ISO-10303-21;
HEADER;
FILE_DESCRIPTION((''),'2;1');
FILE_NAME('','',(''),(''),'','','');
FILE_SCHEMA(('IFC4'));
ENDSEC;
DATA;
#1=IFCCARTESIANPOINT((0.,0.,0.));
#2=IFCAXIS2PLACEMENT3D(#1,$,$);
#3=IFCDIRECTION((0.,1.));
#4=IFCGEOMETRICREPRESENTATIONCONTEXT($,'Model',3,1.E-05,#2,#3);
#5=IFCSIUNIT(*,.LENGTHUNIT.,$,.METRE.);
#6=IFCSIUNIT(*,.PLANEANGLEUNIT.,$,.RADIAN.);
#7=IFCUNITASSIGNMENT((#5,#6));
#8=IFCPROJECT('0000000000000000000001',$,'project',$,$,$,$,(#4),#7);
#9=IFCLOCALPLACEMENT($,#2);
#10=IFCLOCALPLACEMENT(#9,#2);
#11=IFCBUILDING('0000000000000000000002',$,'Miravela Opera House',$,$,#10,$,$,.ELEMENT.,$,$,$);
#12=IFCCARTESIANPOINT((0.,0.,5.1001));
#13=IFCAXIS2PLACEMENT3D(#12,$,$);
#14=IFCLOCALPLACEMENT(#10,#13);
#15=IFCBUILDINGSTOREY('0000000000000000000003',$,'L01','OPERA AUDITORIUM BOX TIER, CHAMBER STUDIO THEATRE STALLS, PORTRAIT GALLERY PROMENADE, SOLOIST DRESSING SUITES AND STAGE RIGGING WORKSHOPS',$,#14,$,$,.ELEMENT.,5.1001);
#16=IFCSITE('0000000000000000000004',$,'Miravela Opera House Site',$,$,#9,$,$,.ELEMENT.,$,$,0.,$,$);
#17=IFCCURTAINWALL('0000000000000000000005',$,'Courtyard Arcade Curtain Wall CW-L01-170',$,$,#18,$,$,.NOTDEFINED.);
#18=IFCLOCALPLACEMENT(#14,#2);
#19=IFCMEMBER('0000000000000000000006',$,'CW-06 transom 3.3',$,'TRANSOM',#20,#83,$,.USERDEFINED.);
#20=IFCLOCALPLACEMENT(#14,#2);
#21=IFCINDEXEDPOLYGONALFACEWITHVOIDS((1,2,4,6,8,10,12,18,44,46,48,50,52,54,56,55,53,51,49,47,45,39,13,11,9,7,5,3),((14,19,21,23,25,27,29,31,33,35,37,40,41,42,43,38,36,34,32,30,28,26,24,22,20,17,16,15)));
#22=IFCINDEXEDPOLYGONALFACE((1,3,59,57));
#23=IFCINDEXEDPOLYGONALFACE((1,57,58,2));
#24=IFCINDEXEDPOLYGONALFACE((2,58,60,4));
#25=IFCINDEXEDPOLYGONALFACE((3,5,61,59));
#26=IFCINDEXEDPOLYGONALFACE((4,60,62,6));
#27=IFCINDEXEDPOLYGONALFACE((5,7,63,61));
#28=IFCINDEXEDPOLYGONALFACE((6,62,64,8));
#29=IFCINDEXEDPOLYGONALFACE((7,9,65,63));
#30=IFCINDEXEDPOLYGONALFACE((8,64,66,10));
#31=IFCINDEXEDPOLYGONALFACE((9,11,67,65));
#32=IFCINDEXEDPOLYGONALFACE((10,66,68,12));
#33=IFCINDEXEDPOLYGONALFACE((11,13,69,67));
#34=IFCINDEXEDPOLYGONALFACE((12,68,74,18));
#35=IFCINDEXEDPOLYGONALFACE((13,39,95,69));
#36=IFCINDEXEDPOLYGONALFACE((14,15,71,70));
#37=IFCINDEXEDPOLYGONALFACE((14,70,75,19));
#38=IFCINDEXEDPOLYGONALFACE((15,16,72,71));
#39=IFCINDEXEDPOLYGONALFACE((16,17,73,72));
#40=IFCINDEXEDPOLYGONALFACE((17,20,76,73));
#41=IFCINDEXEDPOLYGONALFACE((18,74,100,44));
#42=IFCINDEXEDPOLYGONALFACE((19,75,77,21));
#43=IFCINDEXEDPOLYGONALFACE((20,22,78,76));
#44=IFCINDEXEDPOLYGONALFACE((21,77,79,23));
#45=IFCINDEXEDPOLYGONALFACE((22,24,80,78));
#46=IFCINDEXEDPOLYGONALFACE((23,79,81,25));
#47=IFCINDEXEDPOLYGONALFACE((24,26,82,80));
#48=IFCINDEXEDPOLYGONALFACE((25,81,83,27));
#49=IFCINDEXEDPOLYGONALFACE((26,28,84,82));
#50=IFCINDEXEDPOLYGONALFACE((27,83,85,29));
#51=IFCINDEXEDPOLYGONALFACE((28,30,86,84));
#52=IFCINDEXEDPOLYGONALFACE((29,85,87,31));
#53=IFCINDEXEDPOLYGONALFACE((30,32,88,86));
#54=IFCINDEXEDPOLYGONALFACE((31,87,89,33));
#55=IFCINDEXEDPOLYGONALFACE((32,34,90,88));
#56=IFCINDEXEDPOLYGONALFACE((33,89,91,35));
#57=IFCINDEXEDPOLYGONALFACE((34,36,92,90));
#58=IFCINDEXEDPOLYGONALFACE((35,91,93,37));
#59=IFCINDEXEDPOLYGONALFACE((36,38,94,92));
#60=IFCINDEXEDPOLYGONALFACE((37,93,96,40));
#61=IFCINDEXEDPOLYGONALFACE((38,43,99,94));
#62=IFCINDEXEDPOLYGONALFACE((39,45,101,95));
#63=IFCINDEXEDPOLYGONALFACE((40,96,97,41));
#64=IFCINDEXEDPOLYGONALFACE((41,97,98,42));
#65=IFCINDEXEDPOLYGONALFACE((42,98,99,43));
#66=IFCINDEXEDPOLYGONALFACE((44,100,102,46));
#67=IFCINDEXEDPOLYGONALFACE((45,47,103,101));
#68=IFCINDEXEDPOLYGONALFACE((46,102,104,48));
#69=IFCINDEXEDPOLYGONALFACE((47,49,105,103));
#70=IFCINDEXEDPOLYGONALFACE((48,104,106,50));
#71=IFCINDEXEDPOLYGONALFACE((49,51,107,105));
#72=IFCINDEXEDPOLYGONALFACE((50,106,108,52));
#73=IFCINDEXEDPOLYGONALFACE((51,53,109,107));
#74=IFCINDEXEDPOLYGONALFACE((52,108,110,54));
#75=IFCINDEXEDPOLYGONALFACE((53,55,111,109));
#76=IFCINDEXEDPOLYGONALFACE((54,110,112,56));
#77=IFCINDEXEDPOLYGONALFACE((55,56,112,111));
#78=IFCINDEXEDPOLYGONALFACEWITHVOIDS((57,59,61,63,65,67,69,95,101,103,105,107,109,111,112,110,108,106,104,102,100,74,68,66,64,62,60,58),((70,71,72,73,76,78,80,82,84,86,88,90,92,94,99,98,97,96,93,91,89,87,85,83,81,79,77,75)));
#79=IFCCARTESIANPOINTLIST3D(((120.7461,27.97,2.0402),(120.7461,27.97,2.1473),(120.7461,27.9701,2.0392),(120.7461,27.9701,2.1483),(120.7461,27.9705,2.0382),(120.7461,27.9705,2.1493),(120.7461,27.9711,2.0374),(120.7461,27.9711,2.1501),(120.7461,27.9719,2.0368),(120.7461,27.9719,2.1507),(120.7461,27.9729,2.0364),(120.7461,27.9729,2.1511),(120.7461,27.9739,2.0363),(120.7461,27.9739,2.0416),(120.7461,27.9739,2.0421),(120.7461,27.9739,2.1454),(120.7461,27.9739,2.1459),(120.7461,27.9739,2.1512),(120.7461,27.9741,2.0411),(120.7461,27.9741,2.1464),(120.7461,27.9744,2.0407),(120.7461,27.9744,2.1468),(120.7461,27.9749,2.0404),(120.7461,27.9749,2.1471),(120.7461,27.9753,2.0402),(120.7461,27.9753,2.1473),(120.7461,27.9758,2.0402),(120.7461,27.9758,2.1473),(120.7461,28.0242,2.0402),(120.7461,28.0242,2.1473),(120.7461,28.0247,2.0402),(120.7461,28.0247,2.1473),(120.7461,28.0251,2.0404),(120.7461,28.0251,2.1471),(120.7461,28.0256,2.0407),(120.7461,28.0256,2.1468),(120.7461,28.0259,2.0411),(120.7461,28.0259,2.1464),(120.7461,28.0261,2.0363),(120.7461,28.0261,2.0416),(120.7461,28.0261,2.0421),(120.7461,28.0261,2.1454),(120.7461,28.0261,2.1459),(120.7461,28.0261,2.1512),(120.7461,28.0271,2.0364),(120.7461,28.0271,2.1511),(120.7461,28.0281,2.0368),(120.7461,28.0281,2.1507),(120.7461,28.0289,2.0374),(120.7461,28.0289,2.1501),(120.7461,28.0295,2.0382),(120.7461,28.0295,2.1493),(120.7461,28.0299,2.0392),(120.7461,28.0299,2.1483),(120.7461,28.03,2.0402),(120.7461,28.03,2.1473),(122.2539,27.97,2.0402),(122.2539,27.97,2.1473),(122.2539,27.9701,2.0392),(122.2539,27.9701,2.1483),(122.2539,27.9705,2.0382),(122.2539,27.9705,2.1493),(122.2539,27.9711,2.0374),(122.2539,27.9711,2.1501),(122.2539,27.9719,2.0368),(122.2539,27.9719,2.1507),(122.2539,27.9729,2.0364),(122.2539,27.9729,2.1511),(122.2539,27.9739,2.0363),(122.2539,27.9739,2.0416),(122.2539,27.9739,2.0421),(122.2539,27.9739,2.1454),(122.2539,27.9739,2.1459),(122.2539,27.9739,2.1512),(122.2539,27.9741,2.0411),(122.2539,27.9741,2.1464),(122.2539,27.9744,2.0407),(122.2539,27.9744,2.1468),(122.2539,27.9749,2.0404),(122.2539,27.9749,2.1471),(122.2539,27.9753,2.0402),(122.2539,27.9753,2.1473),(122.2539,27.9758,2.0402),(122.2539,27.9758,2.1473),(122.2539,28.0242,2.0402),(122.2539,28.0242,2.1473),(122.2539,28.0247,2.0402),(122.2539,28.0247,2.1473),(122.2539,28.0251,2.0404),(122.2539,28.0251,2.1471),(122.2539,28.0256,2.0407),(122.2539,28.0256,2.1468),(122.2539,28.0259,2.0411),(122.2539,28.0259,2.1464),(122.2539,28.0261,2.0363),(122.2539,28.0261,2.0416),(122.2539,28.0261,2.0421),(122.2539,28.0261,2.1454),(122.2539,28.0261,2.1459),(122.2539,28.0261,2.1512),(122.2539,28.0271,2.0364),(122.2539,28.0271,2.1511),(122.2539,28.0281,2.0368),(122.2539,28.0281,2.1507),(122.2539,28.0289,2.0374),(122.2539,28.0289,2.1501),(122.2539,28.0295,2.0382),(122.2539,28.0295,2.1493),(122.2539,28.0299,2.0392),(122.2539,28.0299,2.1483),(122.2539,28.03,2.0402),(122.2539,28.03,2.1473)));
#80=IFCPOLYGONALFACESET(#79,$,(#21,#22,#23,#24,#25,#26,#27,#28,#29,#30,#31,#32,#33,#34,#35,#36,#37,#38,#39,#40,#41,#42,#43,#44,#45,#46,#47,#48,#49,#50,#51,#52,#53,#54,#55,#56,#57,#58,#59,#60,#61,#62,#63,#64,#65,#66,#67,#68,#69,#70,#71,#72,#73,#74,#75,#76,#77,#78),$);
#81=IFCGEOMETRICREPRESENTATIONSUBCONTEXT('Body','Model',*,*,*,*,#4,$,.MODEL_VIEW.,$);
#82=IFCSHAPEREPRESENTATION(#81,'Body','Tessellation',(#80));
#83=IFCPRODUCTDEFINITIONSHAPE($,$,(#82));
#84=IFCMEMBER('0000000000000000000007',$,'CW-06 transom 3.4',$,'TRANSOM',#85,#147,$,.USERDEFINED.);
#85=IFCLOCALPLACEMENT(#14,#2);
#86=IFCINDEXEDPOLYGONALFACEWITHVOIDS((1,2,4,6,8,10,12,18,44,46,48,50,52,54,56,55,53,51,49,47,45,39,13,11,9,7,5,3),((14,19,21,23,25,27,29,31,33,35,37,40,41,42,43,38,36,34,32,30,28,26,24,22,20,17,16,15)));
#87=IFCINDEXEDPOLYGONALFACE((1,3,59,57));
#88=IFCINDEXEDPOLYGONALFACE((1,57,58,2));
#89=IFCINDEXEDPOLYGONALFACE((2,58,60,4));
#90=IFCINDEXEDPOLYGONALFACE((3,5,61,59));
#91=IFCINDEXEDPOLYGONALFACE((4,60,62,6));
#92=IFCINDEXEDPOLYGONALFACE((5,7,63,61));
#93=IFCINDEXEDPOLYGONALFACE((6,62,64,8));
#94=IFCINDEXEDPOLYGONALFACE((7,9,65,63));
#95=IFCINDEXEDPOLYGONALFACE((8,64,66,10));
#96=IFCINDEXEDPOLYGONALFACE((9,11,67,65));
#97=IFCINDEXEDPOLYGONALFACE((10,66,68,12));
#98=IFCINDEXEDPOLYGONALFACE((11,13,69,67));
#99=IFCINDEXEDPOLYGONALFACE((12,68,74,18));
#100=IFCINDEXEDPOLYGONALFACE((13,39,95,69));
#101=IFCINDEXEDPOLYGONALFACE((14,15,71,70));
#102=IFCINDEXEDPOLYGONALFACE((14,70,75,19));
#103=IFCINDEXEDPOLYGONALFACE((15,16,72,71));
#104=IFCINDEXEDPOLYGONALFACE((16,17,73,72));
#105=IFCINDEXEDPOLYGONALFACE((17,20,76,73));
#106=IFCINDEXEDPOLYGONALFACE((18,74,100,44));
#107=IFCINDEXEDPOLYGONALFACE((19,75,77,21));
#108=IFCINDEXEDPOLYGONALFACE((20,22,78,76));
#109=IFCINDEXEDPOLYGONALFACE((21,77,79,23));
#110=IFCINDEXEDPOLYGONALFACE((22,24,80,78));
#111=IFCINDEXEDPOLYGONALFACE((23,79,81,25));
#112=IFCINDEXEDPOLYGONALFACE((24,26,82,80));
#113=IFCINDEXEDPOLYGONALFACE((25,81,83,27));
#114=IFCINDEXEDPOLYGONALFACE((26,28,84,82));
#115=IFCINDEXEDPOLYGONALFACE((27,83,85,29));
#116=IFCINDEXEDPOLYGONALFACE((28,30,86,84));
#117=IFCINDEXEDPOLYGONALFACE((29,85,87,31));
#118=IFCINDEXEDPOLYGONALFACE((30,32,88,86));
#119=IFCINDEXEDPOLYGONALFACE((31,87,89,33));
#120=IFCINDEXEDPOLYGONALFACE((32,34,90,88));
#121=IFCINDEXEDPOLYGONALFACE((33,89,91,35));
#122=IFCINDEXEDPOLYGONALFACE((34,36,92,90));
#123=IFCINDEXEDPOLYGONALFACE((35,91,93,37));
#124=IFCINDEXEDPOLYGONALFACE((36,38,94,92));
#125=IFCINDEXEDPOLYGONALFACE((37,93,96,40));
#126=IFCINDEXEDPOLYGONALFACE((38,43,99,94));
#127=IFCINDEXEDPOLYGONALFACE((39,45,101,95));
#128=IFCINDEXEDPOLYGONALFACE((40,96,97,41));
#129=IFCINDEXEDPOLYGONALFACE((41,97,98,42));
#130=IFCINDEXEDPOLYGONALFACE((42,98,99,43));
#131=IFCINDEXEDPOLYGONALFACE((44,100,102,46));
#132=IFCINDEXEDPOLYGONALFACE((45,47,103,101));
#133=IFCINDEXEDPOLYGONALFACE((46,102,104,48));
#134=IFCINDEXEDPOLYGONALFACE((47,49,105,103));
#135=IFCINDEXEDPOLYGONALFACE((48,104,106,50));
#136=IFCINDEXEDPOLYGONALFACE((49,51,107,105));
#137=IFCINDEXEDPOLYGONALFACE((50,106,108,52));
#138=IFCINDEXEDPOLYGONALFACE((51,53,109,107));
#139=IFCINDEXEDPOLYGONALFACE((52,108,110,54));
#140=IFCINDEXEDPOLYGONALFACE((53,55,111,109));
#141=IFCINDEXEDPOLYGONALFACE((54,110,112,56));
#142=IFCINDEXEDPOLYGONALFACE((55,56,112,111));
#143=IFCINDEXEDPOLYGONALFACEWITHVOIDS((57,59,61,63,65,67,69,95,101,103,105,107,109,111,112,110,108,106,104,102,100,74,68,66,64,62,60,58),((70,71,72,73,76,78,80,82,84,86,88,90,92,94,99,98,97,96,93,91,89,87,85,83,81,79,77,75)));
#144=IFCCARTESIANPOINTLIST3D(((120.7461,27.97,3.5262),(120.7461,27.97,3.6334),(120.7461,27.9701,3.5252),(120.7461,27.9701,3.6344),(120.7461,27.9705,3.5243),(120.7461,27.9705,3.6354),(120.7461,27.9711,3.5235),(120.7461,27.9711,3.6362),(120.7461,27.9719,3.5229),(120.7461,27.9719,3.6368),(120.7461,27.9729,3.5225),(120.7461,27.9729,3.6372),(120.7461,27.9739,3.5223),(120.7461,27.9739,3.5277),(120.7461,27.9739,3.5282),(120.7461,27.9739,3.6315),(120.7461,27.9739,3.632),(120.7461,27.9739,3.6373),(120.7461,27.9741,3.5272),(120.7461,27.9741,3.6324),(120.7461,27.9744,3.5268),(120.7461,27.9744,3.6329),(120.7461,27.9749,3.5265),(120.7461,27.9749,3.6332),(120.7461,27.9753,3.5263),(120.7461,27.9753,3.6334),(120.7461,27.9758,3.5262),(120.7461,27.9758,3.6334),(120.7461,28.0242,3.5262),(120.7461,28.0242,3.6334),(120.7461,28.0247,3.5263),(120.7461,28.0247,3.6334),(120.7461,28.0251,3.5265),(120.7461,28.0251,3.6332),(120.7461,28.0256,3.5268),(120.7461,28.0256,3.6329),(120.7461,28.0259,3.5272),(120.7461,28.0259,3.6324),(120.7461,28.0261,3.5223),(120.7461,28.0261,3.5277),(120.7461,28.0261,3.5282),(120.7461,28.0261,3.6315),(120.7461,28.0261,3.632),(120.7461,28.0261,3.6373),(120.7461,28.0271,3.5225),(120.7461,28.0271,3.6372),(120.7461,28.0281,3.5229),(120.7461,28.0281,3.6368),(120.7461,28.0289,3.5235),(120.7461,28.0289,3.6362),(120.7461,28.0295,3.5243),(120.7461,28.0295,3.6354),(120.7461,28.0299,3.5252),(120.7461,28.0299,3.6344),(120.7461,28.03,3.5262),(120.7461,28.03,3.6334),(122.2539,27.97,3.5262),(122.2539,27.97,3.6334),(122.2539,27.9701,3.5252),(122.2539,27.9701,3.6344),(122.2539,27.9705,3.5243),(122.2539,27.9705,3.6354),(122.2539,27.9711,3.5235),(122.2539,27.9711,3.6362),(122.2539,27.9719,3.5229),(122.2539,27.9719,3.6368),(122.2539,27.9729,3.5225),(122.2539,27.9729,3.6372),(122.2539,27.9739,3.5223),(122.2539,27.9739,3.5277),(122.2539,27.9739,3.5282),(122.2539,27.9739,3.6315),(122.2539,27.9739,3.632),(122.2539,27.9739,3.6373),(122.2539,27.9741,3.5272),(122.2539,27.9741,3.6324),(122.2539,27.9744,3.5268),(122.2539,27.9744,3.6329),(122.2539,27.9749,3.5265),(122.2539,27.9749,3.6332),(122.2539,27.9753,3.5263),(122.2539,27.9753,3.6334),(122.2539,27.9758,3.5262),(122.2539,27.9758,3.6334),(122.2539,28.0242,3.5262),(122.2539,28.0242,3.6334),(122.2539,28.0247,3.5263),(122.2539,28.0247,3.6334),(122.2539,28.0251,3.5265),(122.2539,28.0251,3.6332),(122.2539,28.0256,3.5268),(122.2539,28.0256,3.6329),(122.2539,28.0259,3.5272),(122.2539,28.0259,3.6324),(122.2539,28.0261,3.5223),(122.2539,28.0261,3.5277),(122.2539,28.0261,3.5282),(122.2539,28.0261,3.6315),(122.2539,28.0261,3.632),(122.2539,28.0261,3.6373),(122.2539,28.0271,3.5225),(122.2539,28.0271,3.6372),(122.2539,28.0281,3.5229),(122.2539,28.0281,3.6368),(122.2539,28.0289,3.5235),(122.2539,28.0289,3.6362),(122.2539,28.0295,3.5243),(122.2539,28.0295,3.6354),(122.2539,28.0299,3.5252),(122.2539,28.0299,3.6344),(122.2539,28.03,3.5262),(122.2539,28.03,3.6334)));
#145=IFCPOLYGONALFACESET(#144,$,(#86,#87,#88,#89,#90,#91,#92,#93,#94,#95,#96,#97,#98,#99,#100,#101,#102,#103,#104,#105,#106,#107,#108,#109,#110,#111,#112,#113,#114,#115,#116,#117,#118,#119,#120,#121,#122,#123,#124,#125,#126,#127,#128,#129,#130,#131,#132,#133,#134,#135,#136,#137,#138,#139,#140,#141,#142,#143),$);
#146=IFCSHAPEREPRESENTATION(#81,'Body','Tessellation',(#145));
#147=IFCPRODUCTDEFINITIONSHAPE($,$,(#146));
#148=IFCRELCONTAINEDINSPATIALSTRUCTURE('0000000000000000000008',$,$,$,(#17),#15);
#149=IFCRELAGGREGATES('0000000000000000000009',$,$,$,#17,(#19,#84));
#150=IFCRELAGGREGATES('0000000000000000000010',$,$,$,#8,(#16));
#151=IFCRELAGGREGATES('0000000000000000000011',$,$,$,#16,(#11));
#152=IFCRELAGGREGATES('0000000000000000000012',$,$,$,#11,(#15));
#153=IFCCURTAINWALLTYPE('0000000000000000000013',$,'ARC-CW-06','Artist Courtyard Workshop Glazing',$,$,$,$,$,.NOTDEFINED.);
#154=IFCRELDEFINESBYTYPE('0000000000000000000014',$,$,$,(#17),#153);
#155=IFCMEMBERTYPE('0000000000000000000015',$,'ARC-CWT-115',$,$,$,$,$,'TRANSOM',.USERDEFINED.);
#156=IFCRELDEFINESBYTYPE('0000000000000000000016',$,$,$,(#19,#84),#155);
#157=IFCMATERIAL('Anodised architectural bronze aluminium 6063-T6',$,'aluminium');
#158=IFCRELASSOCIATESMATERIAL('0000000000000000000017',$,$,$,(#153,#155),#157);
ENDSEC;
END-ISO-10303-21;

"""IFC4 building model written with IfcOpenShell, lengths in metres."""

from ifc_helpers import new_model, si_unit, direction, frame, origin, origin_2d, place, context, subcontext, project, spatial, hollow_rectangle, extrude, material, material_profile, profile_set, type_object, element, aggregate, save


model = new_model("IFC4")

# Units and contexts
model_context = context("Model", 3, precision=1e-05, world=origin(), true_north=direction((0.0, 1.0)))
body_context = subcontext(model_context, "Body", "Model", "MODEL_VIEW")
ifc_project = project(units=[si_unit("LENGTHUNIT", "METRE"), si_unit("PLANEANGLEUNIT", "RADIAN")], contexts=[model_context])

# Site, building, storey
site_placement = place(None, origin())
site = spatial("IfcSite", under=ifc_project, at=site_placement, Name="Miravela Opera House Site", CompositionType="ELEMENT", RefElevation=0.0)
building_placement = place(site_placement, origin())
building = spatial("IfcBuilding", under=site, at=building_placement, Name="Miravela Opera House", CompositionType="ELEMENT")
storey_placement = place(building_placement, frame((0.0, 0.0, 5.1001)))
storey = spatial("IfcBuildingStorey", under=building, at=storey_placement, Name="L01", Description="OPERA AUDITORIUM BOX TIER, CHAMBER STUDIO THEATRE STALLS, PORTRAIT GALLERY PROMENADE, SOLOIST DRESSING SUITES AND STAGE RIGGING WORKSHOPS", CompositionType="ELEMENT", Elevation=5.1001)

# Curtain wall, members
ifc_material_1 = material(Name="Anodised architectural bronze aluminium 6063-T6", Category="aluminium")
curtain_wall_type = type_object("IfcCurtainWallType", Name="ARC-CW-06", Description="Artist Courtyard Workshop Glazing", PredefinedType="NOTDEFINED", material=ifc_material_1)
curtain_wall_placement = place(storey_placement, origin())
curtain_wall = element("IfcCurtainWall", 1, at=curtain_wall_placement, inside=storey, type_object=curtain_wall_type, Name="Courtyard Arcade Curtain Wall CW-L01-170", PredefinedType="NOTDEFINED")
ifc_material_profile_1 = material_profile(ifc_material_1, hollow_rectangle(XDim=0.0601, YDim=0.115, WallThickness=0.0039, InnerFilletRadius=0.002, OuterFilletRadius=0.0039, at=origin_2d()), Name="CWT-60X115")
ifc_profile_set_1 = profile_set([ifc_material_profile_1])
member_type_1 = type_object("IfcMemberType", Name="ARC-CWT-115", ElementType="TRANSOM", PredefinedType="USERDEFINED", material=ifc_profile_set_1)
member_1_placement = place(storey_placement, frame((120.7461, 28.0, 2.0938), z_axis=(1.0, 0.0, 0.0), x_axis=(0.0, 1.0, 0.0)))
member_1 = element("IfcMember", 2, at=member_1_placement, type_object=member_type_1, Name="CW-06 transom 3.3", ObjectType="TRANSOM", PredefinedType="USERDEFINED", context=body_context, shape_type="SweptSolid", body=[
    extrude(hollow_rectangle(XDim=0.0601, YDim=0.115, WallThickness=0.0039, InnerFilletRadius=0.002, OuterFilletRadius=0.0039, at=origin_2d()), origin(), (0.0, 0.0, 1.0), 1.5078),
])
member_2_placement = place(storey_placement, frame((120.7461, 28.0, 3.5798), z_axis=(1.0, 0.0, 0.0), x_axis=(0.0, 1.0, 0.0)))
member_2 = element("IfcMember", 3, at=member_2_placement, type_object=member_type_1, Name="CW-06 transom 3.4", ObjectType="TRANSOM", PredefinedType="USERDEFINED", context=body_context, shape_type="SweptSolid", body=[
    extrude(hollow_rectangle(XDim=0.0601, YDim=0.115, WallThickness=0.0039, InnerFilletRadius=0.002, OuterFilletRadius=0.0039, at=origin_2d()), origin(), (0.0, 0.0, 1.0), 1.5078),
])
aggregate(curtain_wall, [member_1, member_2])

save(model, "model.ifc")
